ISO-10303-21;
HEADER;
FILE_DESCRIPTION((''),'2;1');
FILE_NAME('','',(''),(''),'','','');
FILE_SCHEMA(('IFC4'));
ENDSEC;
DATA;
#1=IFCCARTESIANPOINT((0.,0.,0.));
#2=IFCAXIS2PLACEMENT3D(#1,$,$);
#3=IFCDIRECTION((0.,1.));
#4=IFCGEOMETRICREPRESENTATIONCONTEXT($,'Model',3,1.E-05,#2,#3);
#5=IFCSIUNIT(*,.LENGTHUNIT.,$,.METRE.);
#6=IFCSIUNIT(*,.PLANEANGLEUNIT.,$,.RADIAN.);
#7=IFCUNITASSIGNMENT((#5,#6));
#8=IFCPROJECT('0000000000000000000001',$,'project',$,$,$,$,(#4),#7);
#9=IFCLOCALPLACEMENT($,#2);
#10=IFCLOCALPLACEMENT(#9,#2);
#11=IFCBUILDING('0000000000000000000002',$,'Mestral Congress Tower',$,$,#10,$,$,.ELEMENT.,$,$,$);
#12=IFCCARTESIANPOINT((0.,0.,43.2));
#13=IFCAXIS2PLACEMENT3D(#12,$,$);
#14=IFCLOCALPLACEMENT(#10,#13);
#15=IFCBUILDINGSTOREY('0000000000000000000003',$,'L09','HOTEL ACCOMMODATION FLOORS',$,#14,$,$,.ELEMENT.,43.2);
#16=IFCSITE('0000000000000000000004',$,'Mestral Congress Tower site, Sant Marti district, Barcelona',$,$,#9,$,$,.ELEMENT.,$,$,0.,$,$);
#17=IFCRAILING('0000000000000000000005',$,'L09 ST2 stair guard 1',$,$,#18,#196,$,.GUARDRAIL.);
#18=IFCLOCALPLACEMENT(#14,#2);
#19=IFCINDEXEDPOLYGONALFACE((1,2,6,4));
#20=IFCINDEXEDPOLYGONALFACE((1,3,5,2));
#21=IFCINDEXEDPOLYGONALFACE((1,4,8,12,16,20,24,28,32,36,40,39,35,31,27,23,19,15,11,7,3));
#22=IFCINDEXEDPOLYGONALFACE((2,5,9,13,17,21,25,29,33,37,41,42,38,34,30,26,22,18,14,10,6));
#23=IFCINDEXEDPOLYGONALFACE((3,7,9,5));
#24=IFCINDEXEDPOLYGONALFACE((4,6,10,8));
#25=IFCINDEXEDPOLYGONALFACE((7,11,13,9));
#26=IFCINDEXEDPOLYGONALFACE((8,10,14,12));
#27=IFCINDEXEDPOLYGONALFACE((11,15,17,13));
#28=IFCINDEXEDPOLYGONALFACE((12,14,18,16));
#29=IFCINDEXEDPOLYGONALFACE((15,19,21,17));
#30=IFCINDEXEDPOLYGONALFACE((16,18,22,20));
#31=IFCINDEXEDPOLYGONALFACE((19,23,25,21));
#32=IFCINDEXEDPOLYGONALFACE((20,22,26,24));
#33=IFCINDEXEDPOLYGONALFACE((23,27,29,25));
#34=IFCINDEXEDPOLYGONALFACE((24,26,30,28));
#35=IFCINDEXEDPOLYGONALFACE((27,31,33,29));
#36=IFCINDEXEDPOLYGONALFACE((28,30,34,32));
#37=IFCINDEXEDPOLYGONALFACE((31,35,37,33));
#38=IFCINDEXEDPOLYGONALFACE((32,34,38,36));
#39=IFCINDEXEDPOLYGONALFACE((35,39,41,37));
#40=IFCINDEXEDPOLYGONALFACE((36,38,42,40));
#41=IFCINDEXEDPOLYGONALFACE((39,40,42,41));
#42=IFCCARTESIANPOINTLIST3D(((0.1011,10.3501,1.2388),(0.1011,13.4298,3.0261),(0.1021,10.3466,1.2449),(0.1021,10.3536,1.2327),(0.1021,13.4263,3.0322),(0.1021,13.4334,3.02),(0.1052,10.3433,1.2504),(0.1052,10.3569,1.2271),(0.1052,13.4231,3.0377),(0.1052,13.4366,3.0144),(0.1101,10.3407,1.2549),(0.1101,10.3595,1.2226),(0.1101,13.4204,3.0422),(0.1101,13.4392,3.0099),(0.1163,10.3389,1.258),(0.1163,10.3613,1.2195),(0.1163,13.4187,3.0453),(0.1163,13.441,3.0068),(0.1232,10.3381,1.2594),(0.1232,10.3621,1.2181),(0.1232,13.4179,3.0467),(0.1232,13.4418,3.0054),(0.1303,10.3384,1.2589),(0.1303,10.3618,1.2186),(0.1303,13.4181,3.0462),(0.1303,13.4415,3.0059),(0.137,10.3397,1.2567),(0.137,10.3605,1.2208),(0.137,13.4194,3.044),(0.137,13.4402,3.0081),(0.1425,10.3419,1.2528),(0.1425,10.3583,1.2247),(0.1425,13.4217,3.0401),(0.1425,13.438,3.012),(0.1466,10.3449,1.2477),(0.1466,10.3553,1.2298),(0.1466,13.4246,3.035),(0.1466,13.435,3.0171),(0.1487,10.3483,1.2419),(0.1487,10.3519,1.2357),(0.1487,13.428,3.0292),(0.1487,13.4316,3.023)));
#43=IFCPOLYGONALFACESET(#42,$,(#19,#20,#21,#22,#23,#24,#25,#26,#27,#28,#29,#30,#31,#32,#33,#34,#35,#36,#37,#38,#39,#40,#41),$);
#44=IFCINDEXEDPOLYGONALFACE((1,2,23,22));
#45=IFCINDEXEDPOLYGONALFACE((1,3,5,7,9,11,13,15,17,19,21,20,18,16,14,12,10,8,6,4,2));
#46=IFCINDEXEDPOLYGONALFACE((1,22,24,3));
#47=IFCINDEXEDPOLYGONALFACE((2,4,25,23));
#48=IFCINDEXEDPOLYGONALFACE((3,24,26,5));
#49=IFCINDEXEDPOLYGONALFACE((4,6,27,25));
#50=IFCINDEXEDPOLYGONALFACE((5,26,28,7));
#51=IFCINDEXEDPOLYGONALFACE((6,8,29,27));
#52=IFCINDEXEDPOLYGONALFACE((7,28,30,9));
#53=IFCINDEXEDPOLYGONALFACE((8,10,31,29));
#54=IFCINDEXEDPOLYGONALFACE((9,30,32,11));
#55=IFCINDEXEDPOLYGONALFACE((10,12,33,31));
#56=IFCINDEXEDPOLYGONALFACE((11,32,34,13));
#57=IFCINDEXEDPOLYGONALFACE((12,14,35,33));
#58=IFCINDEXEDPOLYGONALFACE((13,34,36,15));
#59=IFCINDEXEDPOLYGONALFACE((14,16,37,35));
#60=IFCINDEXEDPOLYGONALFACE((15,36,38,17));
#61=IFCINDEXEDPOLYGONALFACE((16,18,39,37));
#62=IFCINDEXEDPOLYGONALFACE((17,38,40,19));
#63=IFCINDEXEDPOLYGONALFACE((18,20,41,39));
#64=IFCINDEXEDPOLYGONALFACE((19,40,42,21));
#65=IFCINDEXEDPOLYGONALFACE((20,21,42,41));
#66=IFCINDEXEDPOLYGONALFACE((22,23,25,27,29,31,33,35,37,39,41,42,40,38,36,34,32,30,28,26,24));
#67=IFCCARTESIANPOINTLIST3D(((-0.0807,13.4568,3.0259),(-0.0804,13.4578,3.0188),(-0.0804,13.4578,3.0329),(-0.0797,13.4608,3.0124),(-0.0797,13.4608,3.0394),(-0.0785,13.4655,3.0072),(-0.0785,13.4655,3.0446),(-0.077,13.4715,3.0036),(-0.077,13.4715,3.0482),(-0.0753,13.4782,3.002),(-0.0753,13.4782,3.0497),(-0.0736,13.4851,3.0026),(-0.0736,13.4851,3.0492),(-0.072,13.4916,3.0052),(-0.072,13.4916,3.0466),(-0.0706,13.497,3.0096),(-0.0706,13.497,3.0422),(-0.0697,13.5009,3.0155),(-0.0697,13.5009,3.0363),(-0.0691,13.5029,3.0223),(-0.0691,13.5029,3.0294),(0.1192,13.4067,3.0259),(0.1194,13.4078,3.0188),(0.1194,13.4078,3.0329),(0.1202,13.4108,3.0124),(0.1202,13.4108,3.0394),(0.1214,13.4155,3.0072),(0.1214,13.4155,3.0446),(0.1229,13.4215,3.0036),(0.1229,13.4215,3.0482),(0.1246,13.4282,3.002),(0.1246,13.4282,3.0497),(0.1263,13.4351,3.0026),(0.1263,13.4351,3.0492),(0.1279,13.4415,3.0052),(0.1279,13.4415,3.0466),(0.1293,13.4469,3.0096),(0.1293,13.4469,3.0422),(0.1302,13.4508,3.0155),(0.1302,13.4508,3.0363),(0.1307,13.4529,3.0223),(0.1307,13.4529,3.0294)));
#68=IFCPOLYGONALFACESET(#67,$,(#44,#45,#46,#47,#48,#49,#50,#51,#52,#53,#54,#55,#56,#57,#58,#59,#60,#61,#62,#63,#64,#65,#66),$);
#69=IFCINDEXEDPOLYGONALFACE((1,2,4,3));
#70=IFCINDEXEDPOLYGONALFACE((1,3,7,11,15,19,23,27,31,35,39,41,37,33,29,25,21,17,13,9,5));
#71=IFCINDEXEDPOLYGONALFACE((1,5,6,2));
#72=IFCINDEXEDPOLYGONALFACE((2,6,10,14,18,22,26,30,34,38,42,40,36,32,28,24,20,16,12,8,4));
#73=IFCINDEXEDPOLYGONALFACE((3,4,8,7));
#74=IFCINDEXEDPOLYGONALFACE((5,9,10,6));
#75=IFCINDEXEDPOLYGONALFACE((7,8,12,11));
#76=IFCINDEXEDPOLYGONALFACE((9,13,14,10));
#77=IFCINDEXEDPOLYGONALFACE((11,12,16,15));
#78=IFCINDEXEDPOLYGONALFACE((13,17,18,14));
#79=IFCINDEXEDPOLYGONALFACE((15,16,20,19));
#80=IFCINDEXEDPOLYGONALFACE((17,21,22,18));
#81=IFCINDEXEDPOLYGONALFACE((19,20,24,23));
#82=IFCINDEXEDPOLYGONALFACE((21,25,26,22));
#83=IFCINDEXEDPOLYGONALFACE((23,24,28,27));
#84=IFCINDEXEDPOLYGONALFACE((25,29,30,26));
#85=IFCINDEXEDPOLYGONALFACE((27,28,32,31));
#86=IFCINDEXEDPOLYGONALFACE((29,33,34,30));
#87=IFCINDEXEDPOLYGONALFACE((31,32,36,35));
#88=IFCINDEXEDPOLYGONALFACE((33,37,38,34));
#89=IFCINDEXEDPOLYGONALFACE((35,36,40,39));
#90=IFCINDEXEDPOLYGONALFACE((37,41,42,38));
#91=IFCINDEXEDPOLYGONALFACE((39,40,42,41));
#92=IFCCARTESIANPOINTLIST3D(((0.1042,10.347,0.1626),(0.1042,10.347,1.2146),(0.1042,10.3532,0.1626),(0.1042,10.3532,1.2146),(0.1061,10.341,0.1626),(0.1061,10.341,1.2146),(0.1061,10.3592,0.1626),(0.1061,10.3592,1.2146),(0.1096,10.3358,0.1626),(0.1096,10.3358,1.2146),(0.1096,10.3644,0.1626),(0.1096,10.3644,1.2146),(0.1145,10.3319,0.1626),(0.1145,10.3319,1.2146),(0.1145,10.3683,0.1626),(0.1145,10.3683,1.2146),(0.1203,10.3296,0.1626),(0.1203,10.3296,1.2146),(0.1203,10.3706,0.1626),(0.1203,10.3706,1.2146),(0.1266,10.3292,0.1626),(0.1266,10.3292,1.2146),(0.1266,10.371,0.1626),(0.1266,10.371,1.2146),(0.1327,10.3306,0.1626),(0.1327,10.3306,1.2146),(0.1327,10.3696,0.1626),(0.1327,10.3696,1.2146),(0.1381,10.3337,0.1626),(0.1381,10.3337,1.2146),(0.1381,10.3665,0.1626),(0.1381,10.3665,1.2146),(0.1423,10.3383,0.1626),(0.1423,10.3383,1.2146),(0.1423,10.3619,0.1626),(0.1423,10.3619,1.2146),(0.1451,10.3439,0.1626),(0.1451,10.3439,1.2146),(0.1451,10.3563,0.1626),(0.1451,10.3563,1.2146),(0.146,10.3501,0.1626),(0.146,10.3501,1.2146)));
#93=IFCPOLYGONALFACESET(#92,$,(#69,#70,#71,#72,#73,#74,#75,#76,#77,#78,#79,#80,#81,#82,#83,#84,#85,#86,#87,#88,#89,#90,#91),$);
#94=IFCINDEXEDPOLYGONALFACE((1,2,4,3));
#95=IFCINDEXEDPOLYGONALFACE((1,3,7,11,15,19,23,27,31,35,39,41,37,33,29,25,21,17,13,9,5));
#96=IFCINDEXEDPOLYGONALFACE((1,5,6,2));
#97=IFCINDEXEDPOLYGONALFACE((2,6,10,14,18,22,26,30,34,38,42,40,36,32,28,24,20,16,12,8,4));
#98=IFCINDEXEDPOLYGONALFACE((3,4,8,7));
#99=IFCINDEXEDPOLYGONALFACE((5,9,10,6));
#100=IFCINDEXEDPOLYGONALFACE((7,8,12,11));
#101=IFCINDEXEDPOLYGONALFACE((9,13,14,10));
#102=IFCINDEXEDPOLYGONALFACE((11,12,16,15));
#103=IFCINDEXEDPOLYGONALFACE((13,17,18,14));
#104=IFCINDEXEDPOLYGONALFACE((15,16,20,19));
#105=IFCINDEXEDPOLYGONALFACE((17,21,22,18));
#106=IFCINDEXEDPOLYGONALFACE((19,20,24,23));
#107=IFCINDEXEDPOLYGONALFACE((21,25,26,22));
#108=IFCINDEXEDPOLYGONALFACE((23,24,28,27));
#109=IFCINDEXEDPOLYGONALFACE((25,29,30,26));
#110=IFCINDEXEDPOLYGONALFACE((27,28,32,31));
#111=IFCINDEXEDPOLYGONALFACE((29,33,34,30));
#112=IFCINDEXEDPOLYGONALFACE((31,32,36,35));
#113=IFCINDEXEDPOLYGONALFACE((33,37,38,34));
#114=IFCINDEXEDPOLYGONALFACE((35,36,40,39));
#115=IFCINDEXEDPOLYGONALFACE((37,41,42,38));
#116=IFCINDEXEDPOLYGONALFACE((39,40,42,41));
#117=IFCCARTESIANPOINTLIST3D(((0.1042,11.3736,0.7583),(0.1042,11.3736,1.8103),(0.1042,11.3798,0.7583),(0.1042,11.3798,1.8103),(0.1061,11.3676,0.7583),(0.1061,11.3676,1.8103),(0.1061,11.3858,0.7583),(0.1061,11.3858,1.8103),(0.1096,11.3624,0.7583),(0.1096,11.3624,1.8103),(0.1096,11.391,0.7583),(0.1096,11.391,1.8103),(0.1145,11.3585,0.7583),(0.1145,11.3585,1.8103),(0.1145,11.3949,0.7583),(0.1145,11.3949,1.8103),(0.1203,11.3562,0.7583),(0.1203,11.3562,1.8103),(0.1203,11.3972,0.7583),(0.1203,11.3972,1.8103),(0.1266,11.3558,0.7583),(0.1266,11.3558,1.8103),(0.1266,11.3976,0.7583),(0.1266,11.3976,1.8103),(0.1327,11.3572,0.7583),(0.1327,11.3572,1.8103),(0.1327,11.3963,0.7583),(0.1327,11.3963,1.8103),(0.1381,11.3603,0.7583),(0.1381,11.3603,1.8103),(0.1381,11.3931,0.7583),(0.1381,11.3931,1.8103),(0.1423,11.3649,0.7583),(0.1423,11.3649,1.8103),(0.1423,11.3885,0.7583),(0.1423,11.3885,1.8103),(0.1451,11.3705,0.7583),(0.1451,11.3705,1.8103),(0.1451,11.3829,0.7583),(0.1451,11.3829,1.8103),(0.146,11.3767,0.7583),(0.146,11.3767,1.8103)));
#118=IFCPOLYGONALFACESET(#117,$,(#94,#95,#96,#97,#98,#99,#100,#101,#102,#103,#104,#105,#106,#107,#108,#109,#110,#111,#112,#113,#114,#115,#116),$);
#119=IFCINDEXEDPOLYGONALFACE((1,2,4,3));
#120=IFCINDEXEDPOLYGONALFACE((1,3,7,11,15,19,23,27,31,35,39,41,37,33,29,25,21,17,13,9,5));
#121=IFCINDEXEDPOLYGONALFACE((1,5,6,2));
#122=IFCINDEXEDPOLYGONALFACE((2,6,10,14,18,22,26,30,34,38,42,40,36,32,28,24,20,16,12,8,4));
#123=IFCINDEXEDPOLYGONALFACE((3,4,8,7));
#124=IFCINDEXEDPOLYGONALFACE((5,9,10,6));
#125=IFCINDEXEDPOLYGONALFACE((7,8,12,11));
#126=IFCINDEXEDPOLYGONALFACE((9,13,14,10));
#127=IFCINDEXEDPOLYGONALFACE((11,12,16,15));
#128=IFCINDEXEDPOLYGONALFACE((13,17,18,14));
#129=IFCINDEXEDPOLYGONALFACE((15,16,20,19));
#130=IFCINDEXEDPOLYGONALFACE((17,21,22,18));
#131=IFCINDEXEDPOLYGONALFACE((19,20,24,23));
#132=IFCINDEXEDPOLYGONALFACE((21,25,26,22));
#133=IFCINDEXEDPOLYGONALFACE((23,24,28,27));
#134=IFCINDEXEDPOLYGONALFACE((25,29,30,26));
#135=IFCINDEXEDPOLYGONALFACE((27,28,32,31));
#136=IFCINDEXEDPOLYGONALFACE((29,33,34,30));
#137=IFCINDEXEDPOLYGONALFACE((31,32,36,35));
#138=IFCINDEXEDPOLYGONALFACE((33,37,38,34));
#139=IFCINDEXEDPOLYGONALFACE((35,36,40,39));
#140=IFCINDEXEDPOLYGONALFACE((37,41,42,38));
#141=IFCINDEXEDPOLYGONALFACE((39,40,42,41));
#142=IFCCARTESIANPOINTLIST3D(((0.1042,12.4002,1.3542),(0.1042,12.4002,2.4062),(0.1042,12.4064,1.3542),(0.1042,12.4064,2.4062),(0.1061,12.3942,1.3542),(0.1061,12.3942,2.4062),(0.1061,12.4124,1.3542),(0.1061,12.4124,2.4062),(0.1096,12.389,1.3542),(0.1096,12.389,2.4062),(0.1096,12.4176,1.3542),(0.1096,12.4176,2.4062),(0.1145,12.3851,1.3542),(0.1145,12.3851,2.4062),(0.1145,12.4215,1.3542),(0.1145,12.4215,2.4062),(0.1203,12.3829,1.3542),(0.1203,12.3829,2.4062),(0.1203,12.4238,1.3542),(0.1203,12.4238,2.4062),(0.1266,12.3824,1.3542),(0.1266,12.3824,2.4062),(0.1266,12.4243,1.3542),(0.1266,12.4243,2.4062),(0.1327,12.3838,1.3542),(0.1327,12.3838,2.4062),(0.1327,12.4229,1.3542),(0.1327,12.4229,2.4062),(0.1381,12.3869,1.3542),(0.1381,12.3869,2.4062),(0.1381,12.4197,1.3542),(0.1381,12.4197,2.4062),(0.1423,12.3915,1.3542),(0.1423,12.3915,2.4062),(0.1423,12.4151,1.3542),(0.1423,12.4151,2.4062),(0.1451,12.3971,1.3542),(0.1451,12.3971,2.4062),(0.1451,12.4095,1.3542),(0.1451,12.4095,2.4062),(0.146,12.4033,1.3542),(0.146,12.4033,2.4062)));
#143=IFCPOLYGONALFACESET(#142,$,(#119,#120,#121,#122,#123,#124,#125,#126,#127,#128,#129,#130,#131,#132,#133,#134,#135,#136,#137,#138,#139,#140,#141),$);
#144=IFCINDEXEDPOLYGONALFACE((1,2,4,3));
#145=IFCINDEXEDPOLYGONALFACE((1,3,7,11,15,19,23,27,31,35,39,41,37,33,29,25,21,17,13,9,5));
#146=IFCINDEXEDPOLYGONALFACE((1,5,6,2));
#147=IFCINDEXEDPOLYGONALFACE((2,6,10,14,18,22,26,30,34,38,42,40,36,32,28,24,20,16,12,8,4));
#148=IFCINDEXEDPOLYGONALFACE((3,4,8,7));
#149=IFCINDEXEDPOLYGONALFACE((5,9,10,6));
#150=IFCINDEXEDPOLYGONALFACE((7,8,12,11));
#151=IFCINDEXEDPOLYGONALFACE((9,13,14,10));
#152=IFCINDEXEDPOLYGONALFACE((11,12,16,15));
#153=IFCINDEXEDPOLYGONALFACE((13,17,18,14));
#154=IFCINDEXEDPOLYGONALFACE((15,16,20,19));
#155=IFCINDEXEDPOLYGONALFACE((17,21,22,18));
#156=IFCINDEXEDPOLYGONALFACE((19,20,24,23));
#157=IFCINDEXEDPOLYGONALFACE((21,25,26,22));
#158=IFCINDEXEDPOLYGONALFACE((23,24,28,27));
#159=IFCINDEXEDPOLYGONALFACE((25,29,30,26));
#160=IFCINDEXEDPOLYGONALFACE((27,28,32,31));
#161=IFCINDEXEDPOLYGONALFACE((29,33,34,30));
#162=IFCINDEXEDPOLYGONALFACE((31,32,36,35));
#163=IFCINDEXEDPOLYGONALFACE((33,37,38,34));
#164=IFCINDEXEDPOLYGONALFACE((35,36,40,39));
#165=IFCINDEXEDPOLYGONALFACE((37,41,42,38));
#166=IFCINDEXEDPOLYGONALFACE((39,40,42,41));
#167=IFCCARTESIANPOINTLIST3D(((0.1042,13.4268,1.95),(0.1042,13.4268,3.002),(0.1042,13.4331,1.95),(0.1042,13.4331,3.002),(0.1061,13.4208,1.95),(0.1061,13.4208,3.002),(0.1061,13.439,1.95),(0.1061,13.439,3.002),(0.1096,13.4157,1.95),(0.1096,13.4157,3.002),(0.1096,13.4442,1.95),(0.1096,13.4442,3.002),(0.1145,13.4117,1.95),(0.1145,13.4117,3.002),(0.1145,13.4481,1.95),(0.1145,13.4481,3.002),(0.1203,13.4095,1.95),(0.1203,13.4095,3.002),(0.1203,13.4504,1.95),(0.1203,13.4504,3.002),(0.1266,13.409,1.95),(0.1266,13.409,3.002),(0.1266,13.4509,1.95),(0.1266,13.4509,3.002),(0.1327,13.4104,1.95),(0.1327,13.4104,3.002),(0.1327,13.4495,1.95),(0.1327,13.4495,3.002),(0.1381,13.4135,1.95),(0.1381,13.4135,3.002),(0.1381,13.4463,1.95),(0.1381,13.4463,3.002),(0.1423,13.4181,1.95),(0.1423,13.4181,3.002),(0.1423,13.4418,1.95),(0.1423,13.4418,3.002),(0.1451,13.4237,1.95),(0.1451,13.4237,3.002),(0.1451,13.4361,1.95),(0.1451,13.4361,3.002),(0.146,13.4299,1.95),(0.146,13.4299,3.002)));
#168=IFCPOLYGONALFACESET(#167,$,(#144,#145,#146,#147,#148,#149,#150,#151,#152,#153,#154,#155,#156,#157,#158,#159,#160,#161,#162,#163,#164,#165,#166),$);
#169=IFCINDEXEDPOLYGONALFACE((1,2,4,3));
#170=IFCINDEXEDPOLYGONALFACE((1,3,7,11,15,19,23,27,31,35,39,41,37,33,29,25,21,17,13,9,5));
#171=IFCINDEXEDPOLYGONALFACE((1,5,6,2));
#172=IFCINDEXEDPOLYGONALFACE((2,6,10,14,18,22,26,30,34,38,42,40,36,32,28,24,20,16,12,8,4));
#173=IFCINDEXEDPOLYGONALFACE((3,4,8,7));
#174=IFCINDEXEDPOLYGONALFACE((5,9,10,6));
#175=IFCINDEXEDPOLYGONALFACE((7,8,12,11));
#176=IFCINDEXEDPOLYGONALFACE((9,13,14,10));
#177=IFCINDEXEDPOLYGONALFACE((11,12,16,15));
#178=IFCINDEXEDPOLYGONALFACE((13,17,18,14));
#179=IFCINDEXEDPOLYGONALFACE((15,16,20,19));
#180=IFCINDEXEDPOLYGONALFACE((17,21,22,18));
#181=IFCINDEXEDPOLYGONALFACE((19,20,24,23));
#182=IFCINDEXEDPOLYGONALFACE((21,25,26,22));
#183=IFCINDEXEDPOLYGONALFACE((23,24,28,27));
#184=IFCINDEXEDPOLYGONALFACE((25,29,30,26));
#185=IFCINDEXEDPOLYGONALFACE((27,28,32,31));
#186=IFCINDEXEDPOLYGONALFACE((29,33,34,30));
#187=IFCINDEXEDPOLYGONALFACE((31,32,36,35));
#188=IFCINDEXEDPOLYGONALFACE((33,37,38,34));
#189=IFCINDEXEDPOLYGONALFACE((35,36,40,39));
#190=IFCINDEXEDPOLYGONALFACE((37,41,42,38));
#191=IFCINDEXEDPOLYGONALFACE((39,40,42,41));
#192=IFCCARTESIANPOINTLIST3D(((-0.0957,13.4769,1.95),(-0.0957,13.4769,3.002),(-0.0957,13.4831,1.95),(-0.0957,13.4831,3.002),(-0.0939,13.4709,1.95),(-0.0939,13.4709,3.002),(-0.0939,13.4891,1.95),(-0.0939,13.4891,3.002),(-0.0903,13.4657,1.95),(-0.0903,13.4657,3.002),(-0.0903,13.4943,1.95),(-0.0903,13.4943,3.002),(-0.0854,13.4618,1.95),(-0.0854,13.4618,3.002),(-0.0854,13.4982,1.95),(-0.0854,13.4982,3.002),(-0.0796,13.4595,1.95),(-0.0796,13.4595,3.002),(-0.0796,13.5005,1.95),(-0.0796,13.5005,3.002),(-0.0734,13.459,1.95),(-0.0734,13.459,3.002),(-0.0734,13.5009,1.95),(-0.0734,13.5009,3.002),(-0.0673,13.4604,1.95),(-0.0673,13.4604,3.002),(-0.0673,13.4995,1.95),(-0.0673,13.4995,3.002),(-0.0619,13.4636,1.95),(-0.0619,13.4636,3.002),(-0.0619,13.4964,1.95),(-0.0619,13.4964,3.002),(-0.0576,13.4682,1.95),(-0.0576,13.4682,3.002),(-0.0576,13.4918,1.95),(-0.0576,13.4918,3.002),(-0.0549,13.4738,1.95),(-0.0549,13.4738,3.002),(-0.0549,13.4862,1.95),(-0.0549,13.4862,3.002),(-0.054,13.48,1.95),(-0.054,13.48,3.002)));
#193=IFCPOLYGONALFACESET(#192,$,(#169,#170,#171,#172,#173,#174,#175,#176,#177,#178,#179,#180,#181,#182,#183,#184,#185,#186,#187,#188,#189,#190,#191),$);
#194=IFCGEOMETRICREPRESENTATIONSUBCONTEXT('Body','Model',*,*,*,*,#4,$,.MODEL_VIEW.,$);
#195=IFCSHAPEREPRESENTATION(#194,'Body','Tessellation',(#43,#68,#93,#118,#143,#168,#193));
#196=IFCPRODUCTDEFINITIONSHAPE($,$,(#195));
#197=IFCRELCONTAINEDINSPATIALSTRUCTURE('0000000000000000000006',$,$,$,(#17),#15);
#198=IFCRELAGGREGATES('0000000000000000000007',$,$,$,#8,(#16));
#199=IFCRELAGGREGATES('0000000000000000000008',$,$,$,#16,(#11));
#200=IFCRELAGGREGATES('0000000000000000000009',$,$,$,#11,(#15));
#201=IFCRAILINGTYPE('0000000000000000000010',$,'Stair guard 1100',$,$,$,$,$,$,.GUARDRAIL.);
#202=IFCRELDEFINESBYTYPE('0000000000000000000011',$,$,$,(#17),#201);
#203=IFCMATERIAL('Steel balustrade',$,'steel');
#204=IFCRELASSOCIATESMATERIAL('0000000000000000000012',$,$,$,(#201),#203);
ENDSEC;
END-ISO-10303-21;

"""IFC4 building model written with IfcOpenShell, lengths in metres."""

from ifc_helpers import new_model, si_unit, direction, frame, origin, origin_2d, place, context, subcontext, project, spatial, circle, extrude, material, type_object, element, save


model = new_model("IFC4")

# Units and contexts
model_context = context("Model", 3, precision=1e-05, world=origin(), true_north=direction((0.0, 1.0)))
body_context = subcontext(model_context, "Body", "Model", "MODEL_VIEW")
ifc_project = project(units=[si_unit("LENGTHUNIT", "METRE"), si_unit("PLANEANGLEUNIT", "RADIAN")], contexts=[model_context])

# Site, building, storey
site_placement = place(None, origin())
site = spatial("IfcSite", under=ifc_project, at=site_placement, Name="Mestral Congress Tower site, Sant Marti district, Barcelona", CompositionType="ELEMENT", RefElevation=0.0)
building_placement = place(site_placement, origin())
building = spatial("IfcBuilding", under=site, at=building_placement, Name="Mestral Congress Tower", CompositionType="ELEMENT")
storey_placement = place(building_placement, frame((0.0, 0.0, 43.2)))
storey = spatial("IfcBuildingStorey", under=building, at=storey_placement, Name="L09", Description="HOTEL ACCOMMODATION FLOORS", CompositionType="ELEMENT", Elevation=43.2)

# Railing
ifc_material_1 = material(Name="Steel balustrade", Category="steel")
railing_type_1 = type_object("IfcRailingType", Name="Stair guard 1100", PredefinedType="GUARDRAIL", material=ifc_material_1)
railing_1_placement = place(storey_placement, frame((0.125, 10.3501, 0.1626)))
element("IfcRailing", 1, at=railing_1_placement, inside=storey, type_object=railing_type_1, Name="L09 ST2 stair guard 1", PredefinedType="GUARDRAIL", context=body_context, shape_type="SweptSolid", body=[
    extrude(circle(Radius=0.0239, at=origin_2d()), frame((0.0, 0.0, 1.0762), z_axis=(0.0, 0.864903, 0.501939), x_axis=(-1.0, 0.0, 0.0)), (0.0, 0.0, 1.0), 3.5608),
    extrude(circle(Radius=0.0239, at=origin_2d()), frame((0.0, 3.0798, 2.8633), z_axis=(-0.970073, 0.242814, 0.0), x_axis=(-0.242814, -0.970073, 0.0)), (0.0, 0.0, 1.0), 0.2061),
    extrude(circle(Radius=0.021, at=origin_2d()), origin(), (0.0, 0.0, 1.0), 1.052),
    extrude(circle(Radius=0.021, at=origin_2d()), frame((0.0, 1.0266, 0.5957)), (0.0, 0.0, 1.0), 1.052),
    extrude(circle(Radius=0.021, at=origin_2d()), frame((0.0, 2.0532, 1.1917)), (0.0, 0.0, 1.0), 1.052),
    extrude(circle(Radius=0.021, at=origin_2d()), frame((0.0, 3.0798, 1.7874)), (0.0, 0.0, 1.0), 1.052),
    extrude(circle(Radius=0.021, at=origin_2d()), frame((-0.2, 3.1299, 1.7874)), (0.0, 0.0, 1.0), 1.052),
])

save(model, "model.ifc")
